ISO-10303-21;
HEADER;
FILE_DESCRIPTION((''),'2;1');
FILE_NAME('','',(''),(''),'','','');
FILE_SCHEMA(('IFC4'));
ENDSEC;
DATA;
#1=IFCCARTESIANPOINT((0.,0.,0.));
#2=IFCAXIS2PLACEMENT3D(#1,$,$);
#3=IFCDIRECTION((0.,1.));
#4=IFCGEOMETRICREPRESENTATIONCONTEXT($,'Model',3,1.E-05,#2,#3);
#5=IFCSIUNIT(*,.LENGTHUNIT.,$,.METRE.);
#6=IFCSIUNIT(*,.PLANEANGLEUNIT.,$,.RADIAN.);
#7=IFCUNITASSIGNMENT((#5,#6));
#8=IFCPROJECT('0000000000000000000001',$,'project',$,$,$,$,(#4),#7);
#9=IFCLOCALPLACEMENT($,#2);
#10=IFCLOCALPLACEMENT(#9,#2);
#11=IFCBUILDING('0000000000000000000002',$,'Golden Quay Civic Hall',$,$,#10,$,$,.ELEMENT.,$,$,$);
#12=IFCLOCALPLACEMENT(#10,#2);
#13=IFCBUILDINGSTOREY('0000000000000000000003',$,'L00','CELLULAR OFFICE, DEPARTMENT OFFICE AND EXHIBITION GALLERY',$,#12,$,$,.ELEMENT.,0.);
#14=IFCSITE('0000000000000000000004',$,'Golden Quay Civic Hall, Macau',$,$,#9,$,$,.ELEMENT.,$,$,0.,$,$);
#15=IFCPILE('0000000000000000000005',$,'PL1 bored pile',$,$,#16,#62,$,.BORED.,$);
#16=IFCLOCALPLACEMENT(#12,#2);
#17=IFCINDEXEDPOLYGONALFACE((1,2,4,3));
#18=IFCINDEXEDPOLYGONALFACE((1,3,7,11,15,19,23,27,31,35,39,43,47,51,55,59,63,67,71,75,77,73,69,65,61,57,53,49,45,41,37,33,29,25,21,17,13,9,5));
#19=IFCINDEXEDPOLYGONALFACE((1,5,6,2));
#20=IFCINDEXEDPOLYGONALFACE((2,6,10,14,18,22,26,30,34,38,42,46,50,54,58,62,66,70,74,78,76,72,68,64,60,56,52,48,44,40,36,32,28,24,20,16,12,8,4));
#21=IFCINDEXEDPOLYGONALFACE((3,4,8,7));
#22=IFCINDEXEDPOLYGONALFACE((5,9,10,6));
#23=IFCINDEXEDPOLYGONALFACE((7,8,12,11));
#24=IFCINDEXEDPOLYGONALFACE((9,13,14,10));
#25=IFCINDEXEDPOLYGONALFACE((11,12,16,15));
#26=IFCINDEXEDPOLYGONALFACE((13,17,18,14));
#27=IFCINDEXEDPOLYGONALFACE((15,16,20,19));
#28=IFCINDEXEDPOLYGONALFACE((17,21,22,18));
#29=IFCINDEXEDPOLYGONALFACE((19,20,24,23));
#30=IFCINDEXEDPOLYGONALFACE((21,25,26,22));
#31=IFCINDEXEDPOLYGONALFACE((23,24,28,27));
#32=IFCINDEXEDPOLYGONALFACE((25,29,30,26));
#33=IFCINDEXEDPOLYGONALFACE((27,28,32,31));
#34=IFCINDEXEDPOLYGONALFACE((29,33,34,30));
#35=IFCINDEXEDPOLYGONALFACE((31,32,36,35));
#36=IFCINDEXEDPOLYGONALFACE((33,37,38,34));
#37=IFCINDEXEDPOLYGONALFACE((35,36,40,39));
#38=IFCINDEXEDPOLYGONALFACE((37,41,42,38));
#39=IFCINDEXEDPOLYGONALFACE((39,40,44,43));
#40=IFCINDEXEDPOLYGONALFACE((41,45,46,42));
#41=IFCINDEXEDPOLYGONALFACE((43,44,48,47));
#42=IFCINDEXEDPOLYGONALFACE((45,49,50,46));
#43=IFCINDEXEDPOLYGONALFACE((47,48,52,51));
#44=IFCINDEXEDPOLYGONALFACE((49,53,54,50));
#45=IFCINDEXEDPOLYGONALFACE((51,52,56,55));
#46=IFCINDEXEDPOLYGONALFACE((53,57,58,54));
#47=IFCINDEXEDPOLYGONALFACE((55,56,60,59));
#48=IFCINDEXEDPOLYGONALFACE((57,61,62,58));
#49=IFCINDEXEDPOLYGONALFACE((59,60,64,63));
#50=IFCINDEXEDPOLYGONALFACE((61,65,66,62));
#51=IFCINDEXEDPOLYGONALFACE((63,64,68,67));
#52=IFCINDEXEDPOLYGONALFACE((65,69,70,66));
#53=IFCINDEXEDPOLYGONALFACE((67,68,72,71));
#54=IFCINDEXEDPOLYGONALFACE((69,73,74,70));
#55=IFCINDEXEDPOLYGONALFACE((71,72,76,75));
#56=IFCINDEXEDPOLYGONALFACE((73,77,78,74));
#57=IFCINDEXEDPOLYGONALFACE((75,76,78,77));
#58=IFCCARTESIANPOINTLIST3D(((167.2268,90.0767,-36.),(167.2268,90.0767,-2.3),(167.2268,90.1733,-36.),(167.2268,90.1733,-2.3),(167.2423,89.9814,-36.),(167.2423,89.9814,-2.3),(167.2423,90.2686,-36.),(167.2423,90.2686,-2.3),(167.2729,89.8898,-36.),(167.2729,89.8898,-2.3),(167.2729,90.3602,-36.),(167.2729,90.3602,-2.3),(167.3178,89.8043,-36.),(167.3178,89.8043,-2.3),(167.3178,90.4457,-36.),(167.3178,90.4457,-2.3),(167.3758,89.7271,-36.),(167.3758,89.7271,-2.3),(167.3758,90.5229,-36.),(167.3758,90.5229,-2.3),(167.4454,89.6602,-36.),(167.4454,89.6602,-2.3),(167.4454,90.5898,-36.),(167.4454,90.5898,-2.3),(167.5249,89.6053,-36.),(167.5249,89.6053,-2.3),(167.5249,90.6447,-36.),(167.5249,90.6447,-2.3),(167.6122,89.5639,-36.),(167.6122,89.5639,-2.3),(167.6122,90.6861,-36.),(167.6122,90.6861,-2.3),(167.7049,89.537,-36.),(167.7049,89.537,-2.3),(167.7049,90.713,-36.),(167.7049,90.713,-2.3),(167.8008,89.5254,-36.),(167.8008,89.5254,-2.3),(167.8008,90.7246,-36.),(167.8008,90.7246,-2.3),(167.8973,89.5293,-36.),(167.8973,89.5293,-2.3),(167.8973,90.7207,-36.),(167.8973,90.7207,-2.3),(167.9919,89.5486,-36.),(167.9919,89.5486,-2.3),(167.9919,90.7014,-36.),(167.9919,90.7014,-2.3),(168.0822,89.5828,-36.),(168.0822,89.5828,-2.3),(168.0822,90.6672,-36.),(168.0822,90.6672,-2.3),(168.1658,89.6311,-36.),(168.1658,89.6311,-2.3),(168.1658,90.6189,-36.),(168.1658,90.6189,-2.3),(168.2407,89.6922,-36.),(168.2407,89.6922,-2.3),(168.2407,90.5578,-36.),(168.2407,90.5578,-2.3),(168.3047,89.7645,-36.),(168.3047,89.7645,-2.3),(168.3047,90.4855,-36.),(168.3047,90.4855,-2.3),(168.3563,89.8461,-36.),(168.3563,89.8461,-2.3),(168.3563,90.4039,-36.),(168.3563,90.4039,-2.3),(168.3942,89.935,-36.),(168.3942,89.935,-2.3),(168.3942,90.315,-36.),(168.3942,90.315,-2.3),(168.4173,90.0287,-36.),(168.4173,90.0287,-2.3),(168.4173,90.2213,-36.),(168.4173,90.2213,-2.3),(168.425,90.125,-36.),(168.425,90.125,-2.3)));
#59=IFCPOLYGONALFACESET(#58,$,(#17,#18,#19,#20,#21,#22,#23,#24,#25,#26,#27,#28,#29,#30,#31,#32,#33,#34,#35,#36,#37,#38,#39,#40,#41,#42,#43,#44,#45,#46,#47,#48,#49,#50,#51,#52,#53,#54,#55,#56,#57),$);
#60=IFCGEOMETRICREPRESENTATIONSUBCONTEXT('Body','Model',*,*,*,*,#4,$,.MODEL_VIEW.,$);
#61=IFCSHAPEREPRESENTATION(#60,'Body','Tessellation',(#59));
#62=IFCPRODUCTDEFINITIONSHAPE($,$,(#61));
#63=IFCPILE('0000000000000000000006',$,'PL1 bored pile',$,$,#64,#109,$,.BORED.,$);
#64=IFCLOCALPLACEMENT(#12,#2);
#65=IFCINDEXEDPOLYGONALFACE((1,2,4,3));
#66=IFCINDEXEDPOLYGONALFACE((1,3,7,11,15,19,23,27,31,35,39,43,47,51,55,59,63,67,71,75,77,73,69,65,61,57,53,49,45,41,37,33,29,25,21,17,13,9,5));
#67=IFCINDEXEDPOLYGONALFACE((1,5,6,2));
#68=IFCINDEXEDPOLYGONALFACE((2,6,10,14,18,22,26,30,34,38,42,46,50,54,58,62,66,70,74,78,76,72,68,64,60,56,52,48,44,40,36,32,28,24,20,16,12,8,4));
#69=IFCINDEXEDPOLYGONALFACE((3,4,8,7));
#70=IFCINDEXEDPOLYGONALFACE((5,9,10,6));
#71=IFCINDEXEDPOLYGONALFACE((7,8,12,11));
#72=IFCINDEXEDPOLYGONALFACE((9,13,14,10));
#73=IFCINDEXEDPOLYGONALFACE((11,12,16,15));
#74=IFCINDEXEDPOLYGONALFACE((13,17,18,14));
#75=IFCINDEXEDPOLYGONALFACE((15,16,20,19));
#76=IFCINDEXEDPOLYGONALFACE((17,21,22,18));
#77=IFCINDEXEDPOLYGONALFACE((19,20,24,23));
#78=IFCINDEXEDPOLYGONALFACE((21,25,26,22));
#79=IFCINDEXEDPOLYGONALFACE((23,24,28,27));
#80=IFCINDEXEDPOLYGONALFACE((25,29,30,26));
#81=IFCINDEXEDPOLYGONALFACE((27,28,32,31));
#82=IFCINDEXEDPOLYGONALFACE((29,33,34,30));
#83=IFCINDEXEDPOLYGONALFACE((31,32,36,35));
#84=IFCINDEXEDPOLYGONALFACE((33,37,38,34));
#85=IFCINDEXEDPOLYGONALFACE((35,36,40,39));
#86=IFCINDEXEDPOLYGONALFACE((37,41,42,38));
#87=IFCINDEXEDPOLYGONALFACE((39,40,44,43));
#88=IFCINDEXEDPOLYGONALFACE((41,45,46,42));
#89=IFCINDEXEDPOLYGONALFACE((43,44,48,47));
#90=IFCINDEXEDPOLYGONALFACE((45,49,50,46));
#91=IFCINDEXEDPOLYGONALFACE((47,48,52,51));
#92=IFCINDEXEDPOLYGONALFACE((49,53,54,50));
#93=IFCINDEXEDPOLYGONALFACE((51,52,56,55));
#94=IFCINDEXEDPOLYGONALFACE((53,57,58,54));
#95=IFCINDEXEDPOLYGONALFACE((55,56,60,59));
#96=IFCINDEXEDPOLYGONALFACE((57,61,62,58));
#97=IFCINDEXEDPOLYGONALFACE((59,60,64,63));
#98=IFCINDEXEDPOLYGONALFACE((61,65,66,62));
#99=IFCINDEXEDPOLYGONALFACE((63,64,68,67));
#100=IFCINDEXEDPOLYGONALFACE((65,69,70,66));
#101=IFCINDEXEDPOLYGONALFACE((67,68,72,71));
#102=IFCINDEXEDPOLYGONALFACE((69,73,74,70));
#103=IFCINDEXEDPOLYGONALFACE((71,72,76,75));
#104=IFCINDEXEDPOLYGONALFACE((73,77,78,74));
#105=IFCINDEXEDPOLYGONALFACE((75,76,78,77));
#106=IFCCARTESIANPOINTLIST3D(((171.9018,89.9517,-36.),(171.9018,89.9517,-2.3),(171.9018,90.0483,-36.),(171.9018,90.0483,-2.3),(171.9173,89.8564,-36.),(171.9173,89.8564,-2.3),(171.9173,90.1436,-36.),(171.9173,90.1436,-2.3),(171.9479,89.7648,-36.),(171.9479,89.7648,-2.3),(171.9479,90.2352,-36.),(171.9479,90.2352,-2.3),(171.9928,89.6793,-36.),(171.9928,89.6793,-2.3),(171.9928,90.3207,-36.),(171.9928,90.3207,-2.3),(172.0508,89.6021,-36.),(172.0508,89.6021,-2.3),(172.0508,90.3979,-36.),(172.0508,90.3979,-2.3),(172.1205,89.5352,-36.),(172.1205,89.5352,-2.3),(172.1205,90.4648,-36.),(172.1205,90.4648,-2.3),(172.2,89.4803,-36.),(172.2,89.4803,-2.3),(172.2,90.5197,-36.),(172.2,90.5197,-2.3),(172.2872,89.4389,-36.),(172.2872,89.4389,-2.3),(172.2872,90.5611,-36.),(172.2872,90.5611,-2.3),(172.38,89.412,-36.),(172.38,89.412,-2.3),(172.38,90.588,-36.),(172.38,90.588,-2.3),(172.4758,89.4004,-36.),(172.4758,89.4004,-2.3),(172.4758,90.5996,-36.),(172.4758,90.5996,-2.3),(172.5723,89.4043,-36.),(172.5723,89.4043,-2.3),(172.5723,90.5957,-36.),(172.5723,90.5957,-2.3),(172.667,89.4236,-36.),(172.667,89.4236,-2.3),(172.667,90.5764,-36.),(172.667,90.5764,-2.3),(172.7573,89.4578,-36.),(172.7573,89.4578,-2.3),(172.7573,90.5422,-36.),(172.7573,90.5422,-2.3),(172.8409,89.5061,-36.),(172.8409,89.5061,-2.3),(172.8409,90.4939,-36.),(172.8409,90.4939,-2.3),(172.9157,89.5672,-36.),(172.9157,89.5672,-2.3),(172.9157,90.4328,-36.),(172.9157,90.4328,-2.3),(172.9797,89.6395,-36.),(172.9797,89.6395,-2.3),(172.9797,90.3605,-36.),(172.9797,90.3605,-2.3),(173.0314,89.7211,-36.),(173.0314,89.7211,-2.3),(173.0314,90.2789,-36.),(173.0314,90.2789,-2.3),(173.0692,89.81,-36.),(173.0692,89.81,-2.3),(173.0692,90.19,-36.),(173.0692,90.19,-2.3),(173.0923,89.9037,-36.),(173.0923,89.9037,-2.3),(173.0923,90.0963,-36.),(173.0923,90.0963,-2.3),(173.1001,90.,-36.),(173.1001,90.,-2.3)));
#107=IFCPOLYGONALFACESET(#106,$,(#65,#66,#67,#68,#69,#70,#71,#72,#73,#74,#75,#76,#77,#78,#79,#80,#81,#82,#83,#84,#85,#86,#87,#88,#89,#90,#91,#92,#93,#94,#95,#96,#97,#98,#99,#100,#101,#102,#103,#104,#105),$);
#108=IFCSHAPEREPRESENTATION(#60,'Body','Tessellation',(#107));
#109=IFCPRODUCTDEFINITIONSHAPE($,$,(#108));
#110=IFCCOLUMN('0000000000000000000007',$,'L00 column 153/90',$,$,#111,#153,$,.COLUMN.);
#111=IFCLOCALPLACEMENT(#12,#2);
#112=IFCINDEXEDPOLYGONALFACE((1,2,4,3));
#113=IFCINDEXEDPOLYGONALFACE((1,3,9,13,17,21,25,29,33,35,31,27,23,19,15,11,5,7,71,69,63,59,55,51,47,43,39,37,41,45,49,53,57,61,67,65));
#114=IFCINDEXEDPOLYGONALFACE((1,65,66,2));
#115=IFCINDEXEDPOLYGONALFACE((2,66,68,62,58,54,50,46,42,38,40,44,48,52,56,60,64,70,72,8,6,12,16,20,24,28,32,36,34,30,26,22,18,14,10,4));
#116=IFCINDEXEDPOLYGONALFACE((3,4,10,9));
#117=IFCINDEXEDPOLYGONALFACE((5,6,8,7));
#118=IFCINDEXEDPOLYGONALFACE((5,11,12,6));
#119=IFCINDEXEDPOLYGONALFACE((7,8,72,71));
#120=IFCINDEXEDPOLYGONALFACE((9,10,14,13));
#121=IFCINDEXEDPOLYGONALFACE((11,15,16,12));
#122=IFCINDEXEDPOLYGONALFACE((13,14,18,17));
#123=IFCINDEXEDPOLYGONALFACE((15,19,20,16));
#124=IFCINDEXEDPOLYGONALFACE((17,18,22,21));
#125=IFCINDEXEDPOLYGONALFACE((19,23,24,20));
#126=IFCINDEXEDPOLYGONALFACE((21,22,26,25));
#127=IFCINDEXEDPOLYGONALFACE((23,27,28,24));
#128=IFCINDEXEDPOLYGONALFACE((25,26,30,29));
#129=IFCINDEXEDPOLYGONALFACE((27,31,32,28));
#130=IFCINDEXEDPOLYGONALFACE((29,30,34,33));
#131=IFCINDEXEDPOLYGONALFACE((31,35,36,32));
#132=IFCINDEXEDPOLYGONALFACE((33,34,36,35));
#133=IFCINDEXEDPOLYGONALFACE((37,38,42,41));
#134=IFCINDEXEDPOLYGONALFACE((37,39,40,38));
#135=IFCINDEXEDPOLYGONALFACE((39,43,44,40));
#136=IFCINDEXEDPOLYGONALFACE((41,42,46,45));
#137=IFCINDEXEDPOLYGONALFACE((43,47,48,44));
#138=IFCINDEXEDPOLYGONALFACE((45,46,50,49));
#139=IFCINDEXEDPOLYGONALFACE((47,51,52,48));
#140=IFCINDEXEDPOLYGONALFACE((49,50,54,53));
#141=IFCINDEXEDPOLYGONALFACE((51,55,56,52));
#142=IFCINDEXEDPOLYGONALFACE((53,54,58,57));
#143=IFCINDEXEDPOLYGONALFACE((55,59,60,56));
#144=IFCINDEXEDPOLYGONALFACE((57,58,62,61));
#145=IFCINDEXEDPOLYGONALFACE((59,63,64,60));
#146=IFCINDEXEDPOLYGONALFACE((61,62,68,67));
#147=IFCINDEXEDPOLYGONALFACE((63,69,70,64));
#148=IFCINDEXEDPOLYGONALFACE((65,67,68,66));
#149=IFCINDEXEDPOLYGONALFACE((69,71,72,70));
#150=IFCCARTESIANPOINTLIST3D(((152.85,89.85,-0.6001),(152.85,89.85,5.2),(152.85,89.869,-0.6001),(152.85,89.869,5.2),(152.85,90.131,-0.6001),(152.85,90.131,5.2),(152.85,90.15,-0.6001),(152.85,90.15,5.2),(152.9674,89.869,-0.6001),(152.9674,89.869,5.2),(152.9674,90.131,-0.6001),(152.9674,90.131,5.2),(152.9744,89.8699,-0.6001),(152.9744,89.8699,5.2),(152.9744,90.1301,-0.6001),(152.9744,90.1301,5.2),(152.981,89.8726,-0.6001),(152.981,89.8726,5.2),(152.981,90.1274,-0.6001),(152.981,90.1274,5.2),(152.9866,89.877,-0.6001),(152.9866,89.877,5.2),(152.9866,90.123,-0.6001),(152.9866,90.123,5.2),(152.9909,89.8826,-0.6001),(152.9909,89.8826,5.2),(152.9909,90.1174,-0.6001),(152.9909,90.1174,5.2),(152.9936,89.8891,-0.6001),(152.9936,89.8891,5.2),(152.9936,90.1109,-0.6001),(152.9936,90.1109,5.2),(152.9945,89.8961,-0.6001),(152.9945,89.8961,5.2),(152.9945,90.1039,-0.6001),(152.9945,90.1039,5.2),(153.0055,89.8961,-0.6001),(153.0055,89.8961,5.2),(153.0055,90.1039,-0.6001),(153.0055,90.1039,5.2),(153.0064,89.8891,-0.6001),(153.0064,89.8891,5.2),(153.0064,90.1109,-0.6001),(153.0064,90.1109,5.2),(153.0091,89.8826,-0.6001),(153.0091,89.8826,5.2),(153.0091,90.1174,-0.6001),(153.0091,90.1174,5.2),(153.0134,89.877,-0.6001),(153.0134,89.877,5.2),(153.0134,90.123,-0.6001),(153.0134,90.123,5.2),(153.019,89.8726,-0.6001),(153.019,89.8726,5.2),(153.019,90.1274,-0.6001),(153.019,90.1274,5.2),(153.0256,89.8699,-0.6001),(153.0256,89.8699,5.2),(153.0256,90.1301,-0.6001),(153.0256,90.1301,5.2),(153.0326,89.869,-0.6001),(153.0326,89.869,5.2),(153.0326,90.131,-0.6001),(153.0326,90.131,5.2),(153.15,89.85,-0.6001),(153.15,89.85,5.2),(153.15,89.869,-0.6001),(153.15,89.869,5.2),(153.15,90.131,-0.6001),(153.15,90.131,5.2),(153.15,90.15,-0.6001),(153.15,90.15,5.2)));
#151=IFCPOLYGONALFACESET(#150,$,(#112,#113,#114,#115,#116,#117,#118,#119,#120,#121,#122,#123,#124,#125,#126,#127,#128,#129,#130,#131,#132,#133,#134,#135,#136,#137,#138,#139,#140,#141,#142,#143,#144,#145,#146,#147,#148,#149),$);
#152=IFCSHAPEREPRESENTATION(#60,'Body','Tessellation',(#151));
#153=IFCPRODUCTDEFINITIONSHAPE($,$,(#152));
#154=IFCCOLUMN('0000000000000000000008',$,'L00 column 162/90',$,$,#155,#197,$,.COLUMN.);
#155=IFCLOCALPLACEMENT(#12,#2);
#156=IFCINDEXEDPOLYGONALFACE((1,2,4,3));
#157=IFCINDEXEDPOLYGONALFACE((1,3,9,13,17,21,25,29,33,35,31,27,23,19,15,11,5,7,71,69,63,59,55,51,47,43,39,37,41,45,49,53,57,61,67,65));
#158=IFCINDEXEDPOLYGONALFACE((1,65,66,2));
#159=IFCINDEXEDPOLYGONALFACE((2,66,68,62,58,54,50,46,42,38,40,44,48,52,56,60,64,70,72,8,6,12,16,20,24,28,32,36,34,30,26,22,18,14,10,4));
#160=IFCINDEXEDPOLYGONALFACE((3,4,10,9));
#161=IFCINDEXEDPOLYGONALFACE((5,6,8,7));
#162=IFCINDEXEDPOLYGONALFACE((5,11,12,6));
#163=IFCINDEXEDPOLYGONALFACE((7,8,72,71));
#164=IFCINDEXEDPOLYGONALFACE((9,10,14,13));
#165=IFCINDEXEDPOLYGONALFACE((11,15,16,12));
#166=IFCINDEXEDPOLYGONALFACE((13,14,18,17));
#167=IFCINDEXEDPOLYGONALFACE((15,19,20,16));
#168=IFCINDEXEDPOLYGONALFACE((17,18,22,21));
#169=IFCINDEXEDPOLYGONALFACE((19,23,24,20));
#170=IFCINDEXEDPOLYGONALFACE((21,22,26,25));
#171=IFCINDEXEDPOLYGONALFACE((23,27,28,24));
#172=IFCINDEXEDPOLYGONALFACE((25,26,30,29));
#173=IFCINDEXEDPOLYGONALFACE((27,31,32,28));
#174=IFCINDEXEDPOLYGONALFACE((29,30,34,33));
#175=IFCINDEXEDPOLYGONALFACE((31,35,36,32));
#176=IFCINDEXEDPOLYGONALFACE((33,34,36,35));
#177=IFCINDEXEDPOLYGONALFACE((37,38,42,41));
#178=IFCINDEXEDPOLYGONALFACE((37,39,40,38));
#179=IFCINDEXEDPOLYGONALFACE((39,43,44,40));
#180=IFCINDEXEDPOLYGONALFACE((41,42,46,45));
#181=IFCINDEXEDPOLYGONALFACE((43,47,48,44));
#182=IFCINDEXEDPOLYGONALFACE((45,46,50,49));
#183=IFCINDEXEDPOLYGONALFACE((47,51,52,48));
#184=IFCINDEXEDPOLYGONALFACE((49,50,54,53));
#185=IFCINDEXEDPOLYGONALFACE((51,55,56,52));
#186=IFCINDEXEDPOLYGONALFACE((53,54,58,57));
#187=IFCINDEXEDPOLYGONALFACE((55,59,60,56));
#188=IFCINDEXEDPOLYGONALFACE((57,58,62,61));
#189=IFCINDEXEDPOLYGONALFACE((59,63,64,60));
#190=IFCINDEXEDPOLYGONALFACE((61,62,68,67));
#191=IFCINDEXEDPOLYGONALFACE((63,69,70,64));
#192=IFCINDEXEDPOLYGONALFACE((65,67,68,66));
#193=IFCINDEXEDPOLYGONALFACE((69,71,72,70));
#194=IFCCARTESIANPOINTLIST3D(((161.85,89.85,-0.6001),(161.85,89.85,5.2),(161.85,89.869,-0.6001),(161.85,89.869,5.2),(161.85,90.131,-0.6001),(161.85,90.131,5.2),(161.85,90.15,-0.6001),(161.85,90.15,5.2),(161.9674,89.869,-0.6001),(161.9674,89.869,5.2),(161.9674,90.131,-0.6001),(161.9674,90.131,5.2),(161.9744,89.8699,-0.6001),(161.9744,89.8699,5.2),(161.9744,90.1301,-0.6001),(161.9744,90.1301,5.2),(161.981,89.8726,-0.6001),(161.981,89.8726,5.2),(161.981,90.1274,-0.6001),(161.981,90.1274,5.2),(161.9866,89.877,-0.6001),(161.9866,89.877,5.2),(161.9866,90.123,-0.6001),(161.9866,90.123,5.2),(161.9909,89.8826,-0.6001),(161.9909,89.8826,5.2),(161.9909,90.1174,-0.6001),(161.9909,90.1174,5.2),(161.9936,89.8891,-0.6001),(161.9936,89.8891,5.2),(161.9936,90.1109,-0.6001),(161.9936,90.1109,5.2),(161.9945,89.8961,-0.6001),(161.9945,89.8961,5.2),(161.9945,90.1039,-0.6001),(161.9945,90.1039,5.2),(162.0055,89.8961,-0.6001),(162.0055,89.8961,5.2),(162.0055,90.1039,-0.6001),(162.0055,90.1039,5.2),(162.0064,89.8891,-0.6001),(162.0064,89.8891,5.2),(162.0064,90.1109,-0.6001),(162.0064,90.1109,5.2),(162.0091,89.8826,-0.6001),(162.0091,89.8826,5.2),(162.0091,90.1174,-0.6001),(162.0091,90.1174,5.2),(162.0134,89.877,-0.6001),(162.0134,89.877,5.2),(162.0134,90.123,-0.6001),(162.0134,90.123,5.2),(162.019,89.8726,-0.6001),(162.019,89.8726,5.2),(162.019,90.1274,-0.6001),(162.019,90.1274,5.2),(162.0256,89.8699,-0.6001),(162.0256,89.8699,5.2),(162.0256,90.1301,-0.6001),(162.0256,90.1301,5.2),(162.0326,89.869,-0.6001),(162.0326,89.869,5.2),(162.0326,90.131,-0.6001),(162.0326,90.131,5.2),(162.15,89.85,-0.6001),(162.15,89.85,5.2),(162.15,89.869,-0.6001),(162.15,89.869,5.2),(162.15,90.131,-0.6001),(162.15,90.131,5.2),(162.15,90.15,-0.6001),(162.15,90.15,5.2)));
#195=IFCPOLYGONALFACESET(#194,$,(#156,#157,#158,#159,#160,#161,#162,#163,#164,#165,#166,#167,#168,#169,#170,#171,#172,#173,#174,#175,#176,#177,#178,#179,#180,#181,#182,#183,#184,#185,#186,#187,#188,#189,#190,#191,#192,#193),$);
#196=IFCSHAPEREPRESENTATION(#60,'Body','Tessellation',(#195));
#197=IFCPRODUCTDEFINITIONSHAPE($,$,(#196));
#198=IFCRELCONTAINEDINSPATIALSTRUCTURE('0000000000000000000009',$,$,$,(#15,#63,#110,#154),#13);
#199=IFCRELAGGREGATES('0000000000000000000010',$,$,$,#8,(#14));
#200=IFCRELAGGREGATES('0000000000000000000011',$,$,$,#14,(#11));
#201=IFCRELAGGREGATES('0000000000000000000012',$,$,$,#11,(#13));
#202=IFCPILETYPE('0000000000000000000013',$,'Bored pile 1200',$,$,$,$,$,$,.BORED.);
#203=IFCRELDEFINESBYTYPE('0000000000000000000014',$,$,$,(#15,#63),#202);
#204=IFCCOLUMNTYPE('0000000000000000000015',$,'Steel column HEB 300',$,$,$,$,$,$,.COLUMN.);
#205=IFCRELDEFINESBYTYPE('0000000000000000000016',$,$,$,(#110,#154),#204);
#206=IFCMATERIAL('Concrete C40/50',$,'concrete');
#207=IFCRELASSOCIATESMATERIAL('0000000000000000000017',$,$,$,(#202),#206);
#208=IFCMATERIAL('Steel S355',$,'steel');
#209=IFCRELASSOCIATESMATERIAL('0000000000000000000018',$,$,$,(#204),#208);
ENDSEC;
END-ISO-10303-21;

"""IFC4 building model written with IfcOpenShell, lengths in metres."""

from ifc_helpers import new_model, si_unit, direction, frame, origin, origin_2d, place, context, subcontext, project, spatial, circle, i_section, extrude, material, material_profile, profile_set, type_object, element, save


model = new_model("IFC4")

# Units and contexts
model_context = context("Model", 3, precision=1e-05, world=origin(), true_north=direction((0.0, 1.0)))
body_context = subcontext(model_context, "Body", "Model", "MODEL_VIEW")
ifc_project = project(units=[si_unit("LENGTHUNIT", "METRE"), si_unit("PLANEANGLEUNIT", "RADIAN")], contexts=[model_context])

# Site, building, storey
site_placement = place(None, origin())
site = spatial("IfcSite", under=ifc_project, at=site_placement, Name="Golden Quay Civic Hall, Macau", CompositionType="ELEMENT", RefElevation=0.0)
building_placement = place(site_placement, origin())
building = spatial("IfcBuilding", under=site, at=building_placement, Name="Golden Quay Civic Hall", CompositionType="ELEMENT")
storey_placement = place(building_placement, origin())
storey = spatial("IfcBuildingStorey", under=building, at=storey_placement, Name="L00", Description="CELLULAR OFFICE, DEPARTMENT OFFICE AND EXHIBITION GALLERY", CompositionType="ELEMENT", Elevation=0.0)

# Piles
ifc_material_1 = material(Name="Concrete C40/50", Category="concrete")
ifc_material_profile_1 = material_profile(ifc_material_1, circle(Radius=0.6001, at=origin_2d()), Name="RC D1200")
ifc_profile_set_1 = profile_set([ifc_material_profile_1], Name="Concrete C40/50")
pile_type = type_object("IfcPileType", Name="Bored pile 1200", PredefinedType="BORED", material=ifc_profile_set_1)
for number, where, z_axis, x_axis, name in (
    (1, (167.825, 90.125, -2.3), (0.0, 0.0, -1.0), (1.0, 0.0, 0.0), "PL1 bored pile"),
    (2, (172.5, 90.0, -2.3), (0.0, 0.0, -1.0), (1.0, 0.0, 0.0), "PL1 bored pile"),
):
    element("IfcPile", number, at=place(storey_placement, frame(where, z_axis=z_axis, x_axis=x_axis)), inside=storey, type_object=pile_type, Name=name, PredefinedType="BORED", context=body_context, shape_type="SweptSolid", body=[
        extrude(circle(Radius=0.6001, at=origin_2d()), origin(), (0.0, 0.0, 1.0), 33.7),
    ])

# Columns
ifc_material_2 = material(Name="Steel S355", Category="steel")
ifc_material_profile_2 = material_profile(ifc_material_2, i_section(OverallWidth=0.3, OverallDepth=0.3, WebThickness=0.011, FlangeThickness=0.019, FilletRadius=0.0271, at=origin_2d()), Name="HEB 300")
ifc_profile_set_2 = profile_set([ifc_material_profile_2], Name="Steel S355")
column_type = type_object("IfcColumnType", Name="Steel column HEB 300", PredefinedType="COLUMN", material=ifc_profile_set_2)
for number, where, z_axis, x_axis, name in (
    (3, (153.0, 90.0, -0.6001), (0.0, 0.0, 1.0), (1.0, 0.0, 0.0), "L00 column 153/90"),
    (4, (162.0, 90.0, -0.6001), (0.0, 0.0, 1.0), (1.0, 0.0, 0.0), "L00 column 162/90"),
):
    element("IfcColumn", number, at=place(storey_placement, frame(where, z_axis=z_axis, x_axis=x_axis)), inside=storey, type_object=column_type, Name=name, PredefinedType="COLUMN", context=body_context, shape_type="SweptSolid", body=[
        extrude(i_section(OverallWidth=0.3, OverallDepth=0.3, WebThickness=0.011, FlangeThickness=0.019, FilletRadius=0.0271, at=origin_2d()), origin(), (0.0, 0.0, 1.0), 5.8),
    ])

save(model, "model.ifc")
